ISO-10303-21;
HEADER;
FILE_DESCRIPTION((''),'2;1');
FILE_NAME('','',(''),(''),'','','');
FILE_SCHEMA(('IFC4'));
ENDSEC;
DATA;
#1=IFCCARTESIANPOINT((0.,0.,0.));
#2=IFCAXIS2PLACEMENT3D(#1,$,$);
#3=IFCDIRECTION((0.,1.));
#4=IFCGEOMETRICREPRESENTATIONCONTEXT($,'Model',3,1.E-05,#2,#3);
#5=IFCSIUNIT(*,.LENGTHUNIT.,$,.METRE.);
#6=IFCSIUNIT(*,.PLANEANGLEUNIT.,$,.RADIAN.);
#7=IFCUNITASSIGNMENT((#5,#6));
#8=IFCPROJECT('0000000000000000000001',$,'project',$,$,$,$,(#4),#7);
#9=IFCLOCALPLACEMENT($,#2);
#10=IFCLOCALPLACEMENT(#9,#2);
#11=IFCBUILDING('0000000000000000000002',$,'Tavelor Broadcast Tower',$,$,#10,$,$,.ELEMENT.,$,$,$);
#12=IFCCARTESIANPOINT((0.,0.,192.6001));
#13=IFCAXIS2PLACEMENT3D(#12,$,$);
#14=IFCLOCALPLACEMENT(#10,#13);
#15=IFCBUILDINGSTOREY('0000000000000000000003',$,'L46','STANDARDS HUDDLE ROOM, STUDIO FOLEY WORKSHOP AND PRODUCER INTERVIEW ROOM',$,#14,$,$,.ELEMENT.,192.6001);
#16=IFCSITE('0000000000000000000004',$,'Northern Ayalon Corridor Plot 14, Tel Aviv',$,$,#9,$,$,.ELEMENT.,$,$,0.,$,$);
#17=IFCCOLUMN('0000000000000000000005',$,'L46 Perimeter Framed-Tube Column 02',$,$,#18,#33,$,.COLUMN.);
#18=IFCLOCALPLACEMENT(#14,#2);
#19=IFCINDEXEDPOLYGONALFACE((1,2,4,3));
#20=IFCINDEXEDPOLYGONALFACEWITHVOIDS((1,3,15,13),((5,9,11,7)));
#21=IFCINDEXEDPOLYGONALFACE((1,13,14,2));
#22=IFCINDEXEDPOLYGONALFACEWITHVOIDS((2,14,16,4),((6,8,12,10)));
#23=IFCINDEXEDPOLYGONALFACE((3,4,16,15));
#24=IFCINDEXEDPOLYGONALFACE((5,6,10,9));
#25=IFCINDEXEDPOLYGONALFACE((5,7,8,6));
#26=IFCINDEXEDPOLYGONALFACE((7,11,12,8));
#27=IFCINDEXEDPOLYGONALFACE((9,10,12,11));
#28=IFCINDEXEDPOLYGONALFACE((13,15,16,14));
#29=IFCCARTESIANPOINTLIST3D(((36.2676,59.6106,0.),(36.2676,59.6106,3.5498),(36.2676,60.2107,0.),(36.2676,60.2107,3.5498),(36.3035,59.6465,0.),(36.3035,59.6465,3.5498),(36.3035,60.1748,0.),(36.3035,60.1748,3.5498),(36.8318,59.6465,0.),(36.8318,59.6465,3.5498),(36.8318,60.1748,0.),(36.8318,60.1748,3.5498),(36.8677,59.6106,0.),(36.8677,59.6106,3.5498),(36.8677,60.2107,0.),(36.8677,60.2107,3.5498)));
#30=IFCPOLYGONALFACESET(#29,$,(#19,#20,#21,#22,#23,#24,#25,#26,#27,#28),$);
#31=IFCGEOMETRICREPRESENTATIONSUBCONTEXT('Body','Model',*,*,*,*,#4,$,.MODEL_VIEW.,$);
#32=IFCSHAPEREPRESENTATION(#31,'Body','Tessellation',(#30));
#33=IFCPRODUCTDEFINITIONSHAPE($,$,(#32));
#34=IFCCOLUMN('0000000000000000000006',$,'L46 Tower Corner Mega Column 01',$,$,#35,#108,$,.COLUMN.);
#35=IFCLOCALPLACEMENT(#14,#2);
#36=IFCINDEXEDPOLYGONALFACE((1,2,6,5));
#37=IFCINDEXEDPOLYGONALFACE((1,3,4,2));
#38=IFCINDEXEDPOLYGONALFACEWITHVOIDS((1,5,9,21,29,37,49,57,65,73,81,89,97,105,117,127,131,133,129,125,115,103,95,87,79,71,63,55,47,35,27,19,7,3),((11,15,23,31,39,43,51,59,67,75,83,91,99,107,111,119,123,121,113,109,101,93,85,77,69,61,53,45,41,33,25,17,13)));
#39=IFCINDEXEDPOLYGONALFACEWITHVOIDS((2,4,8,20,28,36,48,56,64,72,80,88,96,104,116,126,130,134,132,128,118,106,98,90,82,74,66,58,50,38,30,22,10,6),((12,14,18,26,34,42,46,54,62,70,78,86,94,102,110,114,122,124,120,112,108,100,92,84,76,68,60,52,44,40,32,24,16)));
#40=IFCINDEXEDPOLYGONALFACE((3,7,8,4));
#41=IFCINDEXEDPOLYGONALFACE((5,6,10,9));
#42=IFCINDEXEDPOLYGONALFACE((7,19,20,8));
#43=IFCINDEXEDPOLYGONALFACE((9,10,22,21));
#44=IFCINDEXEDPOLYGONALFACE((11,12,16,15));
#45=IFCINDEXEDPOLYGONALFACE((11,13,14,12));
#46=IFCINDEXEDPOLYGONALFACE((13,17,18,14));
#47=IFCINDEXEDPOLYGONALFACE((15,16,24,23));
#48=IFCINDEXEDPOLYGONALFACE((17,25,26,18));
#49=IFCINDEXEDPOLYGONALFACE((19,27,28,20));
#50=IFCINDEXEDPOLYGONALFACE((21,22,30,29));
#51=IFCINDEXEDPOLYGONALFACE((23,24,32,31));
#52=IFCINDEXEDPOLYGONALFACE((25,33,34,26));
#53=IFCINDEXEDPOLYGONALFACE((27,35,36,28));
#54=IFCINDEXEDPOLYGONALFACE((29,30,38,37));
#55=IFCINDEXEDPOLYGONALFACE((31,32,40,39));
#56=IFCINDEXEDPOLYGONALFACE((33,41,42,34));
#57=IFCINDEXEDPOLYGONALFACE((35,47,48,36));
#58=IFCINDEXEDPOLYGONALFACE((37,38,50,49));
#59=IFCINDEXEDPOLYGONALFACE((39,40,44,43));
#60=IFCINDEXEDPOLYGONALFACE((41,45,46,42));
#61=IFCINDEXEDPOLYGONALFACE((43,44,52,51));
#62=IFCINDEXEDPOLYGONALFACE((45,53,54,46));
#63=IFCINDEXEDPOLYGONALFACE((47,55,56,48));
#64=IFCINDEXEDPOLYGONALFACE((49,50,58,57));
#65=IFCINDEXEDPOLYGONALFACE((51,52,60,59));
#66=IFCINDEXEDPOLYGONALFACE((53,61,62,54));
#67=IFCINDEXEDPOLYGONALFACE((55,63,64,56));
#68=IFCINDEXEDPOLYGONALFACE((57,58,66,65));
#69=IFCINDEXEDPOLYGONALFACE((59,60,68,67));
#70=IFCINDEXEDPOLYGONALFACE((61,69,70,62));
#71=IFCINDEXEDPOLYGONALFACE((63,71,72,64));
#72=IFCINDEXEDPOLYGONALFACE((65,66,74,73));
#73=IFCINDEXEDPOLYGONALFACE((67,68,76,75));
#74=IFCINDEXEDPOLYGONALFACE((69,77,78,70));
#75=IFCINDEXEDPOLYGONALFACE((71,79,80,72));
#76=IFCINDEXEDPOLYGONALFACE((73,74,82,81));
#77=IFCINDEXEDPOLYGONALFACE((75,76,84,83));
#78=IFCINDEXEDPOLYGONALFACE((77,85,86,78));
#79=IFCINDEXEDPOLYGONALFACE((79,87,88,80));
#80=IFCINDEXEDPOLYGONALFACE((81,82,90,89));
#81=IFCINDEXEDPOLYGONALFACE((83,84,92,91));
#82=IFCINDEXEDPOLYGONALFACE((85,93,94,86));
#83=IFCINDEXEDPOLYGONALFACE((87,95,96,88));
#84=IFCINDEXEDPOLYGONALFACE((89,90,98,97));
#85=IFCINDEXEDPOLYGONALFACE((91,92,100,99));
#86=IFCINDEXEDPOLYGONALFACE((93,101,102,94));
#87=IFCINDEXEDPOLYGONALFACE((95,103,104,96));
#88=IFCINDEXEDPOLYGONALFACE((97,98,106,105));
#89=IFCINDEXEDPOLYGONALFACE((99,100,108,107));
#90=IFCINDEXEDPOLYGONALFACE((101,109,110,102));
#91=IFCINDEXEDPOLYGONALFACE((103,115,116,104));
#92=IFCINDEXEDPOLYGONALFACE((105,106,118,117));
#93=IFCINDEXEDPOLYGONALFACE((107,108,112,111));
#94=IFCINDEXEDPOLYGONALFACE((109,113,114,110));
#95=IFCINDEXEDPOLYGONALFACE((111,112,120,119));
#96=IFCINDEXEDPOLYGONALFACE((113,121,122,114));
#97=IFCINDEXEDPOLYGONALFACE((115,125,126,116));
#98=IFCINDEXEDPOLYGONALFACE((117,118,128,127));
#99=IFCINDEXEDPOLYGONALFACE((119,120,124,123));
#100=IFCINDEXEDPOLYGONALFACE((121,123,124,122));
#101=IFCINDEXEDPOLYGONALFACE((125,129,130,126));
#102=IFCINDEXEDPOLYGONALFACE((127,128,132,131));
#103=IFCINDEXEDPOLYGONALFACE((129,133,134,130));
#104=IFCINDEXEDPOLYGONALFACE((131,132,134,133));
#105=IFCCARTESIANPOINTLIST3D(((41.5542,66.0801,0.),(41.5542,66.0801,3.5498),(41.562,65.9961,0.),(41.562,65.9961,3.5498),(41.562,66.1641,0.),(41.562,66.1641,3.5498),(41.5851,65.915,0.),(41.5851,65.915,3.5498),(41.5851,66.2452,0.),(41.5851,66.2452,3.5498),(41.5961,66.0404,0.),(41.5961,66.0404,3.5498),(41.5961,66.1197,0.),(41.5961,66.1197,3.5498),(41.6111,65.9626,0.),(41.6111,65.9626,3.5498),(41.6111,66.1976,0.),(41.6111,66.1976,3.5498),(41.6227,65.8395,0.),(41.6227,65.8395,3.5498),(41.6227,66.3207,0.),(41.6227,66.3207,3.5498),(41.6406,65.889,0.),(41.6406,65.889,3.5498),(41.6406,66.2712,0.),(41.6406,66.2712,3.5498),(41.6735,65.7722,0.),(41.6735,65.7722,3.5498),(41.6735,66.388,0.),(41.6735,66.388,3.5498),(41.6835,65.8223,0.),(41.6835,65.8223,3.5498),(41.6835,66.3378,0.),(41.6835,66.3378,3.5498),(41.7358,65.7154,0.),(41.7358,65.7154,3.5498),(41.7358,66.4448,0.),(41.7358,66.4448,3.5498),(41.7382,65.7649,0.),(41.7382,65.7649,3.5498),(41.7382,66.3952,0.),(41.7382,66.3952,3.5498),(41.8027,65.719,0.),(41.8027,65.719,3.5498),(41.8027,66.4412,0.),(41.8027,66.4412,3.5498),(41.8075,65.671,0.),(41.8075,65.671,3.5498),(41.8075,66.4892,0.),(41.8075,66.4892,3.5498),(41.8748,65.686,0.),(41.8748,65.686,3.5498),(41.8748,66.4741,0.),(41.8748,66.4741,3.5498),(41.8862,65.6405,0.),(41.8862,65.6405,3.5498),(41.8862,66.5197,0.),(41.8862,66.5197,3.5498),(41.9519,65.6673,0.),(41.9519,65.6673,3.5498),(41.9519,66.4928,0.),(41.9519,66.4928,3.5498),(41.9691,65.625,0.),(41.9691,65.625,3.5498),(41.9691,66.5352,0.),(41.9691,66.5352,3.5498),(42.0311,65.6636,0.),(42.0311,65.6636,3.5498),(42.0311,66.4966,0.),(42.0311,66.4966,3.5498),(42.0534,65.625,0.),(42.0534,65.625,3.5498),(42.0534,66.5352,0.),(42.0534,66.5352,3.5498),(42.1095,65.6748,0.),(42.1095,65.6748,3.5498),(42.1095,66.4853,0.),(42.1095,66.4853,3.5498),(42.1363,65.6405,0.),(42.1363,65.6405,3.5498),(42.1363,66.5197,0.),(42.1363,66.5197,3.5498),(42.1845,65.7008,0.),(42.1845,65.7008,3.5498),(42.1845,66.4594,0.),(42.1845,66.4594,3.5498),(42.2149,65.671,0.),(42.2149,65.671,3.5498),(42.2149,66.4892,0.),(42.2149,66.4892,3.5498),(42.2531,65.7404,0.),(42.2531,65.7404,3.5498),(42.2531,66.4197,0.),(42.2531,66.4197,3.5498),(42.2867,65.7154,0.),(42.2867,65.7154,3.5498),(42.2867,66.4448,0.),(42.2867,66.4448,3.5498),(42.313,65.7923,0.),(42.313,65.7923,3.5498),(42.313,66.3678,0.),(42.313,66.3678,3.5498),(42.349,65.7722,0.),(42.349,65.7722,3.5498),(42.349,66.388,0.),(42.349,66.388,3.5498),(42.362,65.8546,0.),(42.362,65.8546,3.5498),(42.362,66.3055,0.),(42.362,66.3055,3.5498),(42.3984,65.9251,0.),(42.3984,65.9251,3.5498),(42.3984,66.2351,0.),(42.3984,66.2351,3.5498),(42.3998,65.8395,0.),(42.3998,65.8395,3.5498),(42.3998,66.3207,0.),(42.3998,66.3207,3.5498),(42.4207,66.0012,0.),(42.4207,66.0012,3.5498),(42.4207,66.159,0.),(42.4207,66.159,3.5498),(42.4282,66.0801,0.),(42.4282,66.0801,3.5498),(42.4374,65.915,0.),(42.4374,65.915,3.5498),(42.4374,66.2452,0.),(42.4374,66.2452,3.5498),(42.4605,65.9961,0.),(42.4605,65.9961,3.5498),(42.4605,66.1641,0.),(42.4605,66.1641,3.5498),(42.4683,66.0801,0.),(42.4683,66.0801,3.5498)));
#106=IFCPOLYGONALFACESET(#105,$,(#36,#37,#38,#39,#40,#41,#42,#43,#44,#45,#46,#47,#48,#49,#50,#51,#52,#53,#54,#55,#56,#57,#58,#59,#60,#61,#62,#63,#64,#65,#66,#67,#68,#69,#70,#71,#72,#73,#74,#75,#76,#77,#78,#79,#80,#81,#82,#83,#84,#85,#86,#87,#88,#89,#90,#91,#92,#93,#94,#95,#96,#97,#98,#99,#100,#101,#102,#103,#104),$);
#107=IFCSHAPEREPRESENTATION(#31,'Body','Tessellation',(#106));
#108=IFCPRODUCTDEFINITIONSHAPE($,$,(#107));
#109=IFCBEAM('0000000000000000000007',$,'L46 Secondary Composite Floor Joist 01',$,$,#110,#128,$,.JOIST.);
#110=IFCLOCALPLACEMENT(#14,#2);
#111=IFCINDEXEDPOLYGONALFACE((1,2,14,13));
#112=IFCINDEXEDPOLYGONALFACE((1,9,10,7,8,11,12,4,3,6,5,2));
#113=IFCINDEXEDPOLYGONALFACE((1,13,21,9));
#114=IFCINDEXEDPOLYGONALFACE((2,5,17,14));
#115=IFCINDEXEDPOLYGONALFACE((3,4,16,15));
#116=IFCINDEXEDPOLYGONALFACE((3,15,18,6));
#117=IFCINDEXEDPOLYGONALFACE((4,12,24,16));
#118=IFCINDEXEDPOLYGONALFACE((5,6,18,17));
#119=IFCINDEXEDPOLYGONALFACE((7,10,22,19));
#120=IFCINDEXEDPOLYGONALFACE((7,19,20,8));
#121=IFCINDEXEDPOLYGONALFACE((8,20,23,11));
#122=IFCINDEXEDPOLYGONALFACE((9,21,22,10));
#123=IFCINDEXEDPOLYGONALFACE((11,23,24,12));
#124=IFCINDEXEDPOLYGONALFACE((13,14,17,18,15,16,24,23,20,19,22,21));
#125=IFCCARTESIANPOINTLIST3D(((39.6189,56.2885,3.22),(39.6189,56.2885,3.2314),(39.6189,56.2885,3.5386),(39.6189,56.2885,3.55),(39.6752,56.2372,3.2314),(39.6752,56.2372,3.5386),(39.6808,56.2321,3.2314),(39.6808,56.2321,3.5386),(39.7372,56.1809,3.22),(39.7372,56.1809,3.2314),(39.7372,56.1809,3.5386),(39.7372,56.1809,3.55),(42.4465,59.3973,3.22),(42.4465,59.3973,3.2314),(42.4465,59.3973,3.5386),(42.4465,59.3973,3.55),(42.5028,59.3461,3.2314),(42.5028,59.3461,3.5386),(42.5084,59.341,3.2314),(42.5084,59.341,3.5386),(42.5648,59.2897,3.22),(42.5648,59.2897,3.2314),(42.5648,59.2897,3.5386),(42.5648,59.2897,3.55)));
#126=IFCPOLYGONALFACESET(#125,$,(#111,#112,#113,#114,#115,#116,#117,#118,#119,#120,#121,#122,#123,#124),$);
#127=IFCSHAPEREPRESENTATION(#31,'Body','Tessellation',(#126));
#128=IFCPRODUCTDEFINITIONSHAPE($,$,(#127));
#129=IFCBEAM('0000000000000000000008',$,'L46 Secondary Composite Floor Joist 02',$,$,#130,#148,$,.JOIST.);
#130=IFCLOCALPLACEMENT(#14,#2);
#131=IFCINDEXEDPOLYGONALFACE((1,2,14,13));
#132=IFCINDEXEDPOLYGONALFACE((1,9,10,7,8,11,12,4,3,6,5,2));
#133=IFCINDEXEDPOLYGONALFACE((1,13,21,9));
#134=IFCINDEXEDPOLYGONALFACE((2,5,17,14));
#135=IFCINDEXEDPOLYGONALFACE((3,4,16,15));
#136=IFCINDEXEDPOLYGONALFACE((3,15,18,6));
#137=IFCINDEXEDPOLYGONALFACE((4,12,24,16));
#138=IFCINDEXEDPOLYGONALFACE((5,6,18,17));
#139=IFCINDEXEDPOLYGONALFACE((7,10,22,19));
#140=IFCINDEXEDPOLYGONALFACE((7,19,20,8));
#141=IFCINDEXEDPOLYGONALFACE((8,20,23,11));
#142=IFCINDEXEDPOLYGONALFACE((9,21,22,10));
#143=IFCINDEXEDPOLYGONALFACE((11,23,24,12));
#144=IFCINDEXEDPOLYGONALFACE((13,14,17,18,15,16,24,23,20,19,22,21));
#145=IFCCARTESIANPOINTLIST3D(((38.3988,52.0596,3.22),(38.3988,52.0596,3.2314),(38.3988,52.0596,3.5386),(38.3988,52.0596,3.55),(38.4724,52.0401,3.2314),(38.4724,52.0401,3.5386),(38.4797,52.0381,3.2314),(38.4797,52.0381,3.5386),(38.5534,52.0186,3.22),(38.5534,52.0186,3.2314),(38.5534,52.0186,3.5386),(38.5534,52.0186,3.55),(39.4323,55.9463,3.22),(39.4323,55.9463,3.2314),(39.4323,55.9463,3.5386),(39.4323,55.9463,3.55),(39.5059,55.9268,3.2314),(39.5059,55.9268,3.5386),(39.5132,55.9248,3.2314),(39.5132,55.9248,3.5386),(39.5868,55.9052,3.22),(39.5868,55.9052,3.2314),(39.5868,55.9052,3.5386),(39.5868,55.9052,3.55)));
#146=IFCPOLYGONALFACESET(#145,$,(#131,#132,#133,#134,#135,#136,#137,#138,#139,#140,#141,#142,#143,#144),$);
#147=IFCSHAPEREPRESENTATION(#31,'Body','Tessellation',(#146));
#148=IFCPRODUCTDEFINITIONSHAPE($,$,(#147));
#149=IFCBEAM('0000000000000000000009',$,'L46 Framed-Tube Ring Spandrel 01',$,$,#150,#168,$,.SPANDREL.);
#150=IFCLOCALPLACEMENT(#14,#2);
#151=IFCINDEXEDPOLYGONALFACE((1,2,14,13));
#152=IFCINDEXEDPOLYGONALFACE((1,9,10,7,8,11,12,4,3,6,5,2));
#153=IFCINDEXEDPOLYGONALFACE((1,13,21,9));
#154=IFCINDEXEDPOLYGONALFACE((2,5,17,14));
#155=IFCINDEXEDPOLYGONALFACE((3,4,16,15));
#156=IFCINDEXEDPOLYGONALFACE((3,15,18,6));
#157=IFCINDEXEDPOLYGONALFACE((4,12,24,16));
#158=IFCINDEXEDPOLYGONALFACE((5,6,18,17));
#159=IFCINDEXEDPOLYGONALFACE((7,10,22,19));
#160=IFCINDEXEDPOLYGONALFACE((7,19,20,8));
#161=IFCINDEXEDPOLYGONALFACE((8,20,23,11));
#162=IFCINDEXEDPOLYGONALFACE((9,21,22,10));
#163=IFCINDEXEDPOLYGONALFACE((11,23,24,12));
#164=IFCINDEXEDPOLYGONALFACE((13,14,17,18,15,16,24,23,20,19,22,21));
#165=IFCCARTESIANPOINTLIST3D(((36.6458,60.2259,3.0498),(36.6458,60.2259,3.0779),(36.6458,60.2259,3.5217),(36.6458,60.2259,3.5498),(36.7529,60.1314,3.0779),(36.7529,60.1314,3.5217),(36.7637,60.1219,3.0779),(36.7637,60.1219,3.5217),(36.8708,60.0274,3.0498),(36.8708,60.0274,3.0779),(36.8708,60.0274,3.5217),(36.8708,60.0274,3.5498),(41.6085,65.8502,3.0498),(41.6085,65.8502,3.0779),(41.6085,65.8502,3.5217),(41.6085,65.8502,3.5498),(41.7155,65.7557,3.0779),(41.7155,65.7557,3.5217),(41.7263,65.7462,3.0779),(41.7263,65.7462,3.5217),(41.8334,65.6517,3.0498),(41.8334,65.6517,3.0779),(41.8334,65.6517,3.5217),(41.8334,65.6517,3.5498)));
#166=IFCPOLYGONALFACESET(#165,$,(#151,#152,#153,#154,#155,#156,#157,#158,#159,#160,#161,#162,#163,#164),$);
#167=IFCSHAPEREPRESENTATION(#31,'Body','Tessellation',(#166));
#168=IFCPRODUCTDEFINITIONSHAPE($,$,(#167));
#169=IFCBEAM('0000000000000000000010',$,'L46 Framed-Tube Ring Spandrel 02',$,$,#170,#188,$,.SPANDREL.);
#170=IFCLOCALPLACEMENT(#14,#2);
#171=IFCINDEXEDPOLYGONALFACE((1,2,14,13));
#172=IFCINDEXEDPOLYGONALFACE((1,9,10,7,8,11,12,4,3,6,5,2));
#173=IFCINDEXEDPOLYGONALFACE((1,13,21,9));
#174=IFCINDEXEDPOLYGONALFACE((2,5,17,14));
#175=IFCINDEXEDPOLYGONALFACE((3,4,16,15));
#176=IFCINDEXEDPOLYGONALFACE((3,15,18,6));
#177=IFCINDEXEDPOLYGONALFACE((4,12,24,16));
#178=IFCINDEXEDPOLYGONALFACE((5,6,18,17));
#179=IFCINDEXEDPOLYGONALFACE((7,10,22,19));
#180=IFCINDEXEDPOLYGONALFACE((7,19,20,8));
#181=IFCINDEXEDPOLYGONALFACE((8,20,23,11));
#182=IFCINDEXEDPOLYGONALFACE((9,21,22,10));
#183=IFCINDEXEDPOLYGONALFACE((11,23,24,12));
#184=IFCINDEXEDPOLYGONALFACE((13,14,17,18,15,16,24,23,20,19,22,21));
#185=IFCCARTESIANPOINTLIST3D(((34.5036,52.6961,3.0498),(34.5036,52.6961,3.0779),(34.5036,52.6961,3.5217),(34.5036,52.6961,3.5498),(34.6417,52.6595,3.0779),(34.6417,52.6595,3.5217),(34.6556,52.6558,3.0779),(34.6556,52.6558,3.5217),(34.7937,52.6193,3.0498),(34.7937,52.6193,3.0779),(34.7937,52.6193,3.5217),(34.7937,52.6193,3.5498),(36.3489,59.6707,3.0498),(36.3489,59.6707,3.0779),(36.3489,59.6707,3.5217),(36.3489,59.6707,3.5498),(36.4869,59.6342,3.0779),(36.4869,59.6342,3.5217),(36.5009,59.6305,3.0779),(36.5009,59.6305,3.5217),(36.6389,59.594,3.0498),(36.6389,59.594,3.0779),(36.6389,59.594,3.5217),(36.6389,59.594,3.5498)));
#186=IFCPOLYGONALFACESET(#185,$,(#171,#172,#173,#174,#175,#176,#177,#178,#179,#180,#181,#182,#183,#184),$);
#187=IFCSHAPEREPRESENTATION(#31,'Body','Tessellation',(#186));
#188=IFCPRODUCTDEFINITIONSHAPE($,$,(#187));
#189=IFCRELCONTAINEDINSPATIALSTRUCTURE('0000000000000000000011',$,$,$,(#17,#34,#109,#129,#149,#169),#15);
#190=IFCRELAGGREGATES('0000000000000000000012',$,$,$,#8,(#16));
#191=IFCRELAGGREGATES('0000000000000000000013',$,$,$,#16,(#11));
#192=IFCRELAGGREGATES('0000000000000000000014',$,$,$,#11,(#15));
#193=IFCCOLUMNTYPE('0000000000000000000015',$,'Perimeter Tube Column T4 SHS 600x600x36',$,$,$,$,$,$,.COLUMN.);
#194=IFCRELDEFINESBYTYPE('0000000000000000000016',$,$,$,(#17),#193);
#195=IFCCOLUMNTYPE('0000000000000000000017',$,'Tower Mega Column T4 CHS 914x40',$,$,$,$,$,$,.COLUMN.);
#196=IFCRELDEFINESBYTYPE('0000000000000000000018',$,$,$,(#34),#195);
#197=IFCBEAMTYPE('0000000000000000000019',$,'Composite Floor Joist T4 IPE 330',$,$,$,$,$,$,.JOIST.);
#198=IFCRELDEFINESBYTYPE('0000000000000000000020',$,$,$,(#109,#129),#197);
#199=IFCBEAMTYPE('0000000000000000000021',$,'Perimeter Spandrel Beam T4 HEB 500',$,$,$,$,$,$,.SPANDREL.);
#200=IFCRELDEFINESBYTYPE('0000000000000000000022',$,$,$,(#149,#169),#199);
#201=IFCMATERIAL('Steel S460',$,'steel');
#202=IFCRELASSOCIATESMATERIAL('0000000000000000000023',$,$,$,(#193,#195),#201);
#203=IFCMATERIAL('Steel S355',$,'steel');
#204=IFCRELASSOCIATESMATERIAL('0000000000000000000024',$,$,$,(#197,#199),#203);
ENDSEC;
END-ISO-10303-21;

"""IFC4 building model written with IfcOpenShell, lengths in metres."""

from ifc_helpers import new_model, si_unit, direction, frame, origin, origin_2d, place, context, subcontext, project, spatial, hollow_rectangle, hollow_circle, i_section, extrude, material, material_profile, profile_set, type_object, element, save


model = new_model("IFC4")

# Units and contexts
model_context = context("Model", 3, precision=1e-05, world=origin(), true_north=direction((0.0, 1.0)))
body_context = subcontext(model_context, "Body", "Model", "MODEL_VIEW")
ifc_project = project(units=[si_unit("LENGTHUNIT", "METRE"), si_unit("PLANEANGLEUNIT", "RADIAN")], contexts=[model_context])

# Site, building, storey
site_placement = place(None, origin())
site = spatial("IfcSite", under=ifc_project, at=site_placement, Name="Northern Ayalon Corridor Plot 14, Tel Aviv", CompositionType="ELEMENT", RefElevation=0.0)
building_placement = place(site_placement, origin())
building = spatial("IfcBuilding", under=site, at=building_placement, Name="Tavelor Broadcast Tower", CompositionType="ELEMENT")
storey_placement = place(building_placement, frame((0.0, 0.0, 192.6001)))
storey = spatial("IfcBuildingStorey", under=building, at=storey_placement, Name="L46", Description="STANDARDS HUDDLE ROOM, STUDIO FOLEY WORKSHOP AND PRODUCER INTERVIEW ROOM", CompositionType="ELEMENT", Elevation=192.6001)

# Columns
ifc_material_1 = material(Name="Steel S460", Category="steel")
ifc_material_profile_1 = material_profile(ifc_material_1, hollow_rectangle(XDim=0.6001, YDim=0.6001, WallThickness=0.0359, at=origin_2d()), Name="SHS 600x600x36")
ifc_profile_set_1 = profile_set([ifc_material_profile_1], Name="Steel S460")
column_type_1 = type_object("IfcColumnType", Name="Perimeter Tube Column T4 SHS 600x600x36", PredefinedType="COLUMN", material=ifc_profile_set_1)
column_1_placement = place(storey_placement, frame((36.5676, 59.9106, 0.0), z_axis=(0.0, 0.0, 1.0), x_axis=(1.0, 0.0, 0.0)))
element("IfcColumn", 1, at=column_1_placement, inside=storey, type_object=column_type_1, Name="L46 Perimeter Framed-Tube Column 02", PredefinedType="COLUMN", context=body_context, shape_type="SweptSolid", body=[
    extrude(hollow_rectangle(XDim=0.6001, YDim=0.6001, WallThickness=0.0359, at=origin_2d()), origin(), (0.0, 0.0, 1.0), 3.5498),
])
ifc_material_profile_2 = material_profile(ifc_material_1, hollow_circle(Radius=0.457, WallThickness=0.04, at=origin_2d()), Name="CHS 914x40")
ifc_profile_set_2 = profile_set([ifc_material_profile_2], Name="Steel S460")
column_type_2 = type_object("IfcColumnType", Name="Tower Mega Column T4 CHS 914x40", PredefinedType="COLUMN", material=ifc_profile_set_2)
column_2_placement = place(storey_placement, frame((42.0112, 66.0801, 0.0), z_axis=(0.0, 0.0, 1.0), x_axis=(1.0, 0.0, 0.0)))
element("IfcColumn", 2, at=column_2_placement, inside=storey, type_object=column_type_2, Name="L46 Tower Corner Mega Column 01", PredefinedType="COLUMN", context=body_context, shape_type="SweptSolid", body=[
    extrude(hollow_circle(Radius=0.457, WallThickness=0.04, at=origin_2d()), origin(), (0.0, 0.0, 1.0), 3.5498),
])

# Beams
ifc_material_2 = material(Name="Steel S355", Category="steel")
ifc_material_profile_3 = material_profile(ifc_material_2, i_section(OverallWidth=0.1599, OverallDepth=0.3301, WebThickness=0.0076, FlangeThickness=0.0115, at=origin_2d()), Name="IPE 330")
ifc_profile_set_3 = profile_set([ifc_material_profile_3], Name="Steel S355")
beam_type_1 = type_object("IfcBeamType", Name="Composite Floor Joist T4 IPE 330", PredefinedType="JOIST", material=ifc_profile_set_3)
beam_1_placement = place(storey_placement, frame((42.5056, 59.3435, 3.385), z_axis=(-0.672852, -0.739777, 0.0), x_axis=(0.739777, -0.672852, 0.0)))
element("IfcBeam", 3, at=beam_1_placement, inside=storey, type_object=beam_type_1, Name="L46 Secondary Composite Floor Joist 01", PredefinedType="JOIST", context=body_context, shape_type="SweptSolid", body=[
    extrude(i_section(OverallWidth=0.1599, OverallDepth=0.3301, WebThickness=0.0076, FlangeThickness=0.0115, at=origin_2d()), origin(), (0.0, 0.0, 1.0), 4.2024),
])
beam_2_placement = place(storey_placement, frame((39.5095, 55.9258, 3.385), z_axis=(-0.256964, -0.966421, 0.0), x_axis=(0.966421, -0.256964, 0.0)))
element("IfcBeam", 4, at=beam_2_placement, inside=storey, type_object=beam_type_1, Name="L46 Secondary Composite Floor Joist 02", PredefinedType="JOIST", context=body_context, shape_type="SweptSolid", body=[
    extrude(i_section(OverallWidth=0.1599, OverallDepth=0.3301, WebThickness=0.0076, FlangeThickness=0.0115, at=origin_2d()), origin(), (0.0, 0.0, 1.0), 4.0217),
])
ifc_material_profile_4 = material_profile(ifc_material_2, i_section(OverallWidth=0.3, OverallDepth=0.5, WebThickness=0.0144, FlangeThickness=0.0281, at=origin_2d()), Name="HEB 500")
ifc_profile_set_4 = profile_set([ifc_material_profile_4], Name="Steel S355")
beam_type_2 = type_object("IfcBeamType", Name="Perimeter Spandrel Beam T4 HEB 500", PredefinedType="SPANDREL", material=ifc_profile_set_4)
beam_3_placement = place(storey_placement, frame((41.7209, 65.751, 3.2998), z_axis=(-0.661626, -0.749834, 0.0), x_axis=(0.749834, -0.661626, 0.0)))
element("IfcBeam", 5, at=beam_3_placement, inside=storey, type_object=beam_type_2, Name="L46 Framed-Tube Ring Spandrel 01", PredefinedType="SPANDREL", context=body_context, shape_type="SweptSolid", body=[
    extrude(i_section(OverallWidth=0.3, OverallDepth=0.5, WebThickness=0.0144, FlangeThickness=0.0281, at=origin_2d()), origin(), (0.0, 0.0, 1.0), 7.5007),
])
beam_4_placement = place(storey_placement, frame((36.4939, 59.6323, 3.2998), z_axis=(-0.255762, -0.96674, 0.0), x_axis=(0.96674, -0.255762, 0.0)))
element("IfcBeam", 6, at=beam_4_placement, inside=storey, type_object=beam_type_2, Name="L46 Framed-Tube Ring Spandrel 02", PredefinedType="SPANDREL", context=body_context, shape_type="SweptSolid", body=[
    extrude(i_section(OverallWidth=0.3, OverallDepth=0.5, WebThickness=0.0144, FlangeThickness=0.0281, at=origin_2d()), origin(), (0.0, 0.0, 1.0), 7.2146),
])

save(model, "model.ifc")
